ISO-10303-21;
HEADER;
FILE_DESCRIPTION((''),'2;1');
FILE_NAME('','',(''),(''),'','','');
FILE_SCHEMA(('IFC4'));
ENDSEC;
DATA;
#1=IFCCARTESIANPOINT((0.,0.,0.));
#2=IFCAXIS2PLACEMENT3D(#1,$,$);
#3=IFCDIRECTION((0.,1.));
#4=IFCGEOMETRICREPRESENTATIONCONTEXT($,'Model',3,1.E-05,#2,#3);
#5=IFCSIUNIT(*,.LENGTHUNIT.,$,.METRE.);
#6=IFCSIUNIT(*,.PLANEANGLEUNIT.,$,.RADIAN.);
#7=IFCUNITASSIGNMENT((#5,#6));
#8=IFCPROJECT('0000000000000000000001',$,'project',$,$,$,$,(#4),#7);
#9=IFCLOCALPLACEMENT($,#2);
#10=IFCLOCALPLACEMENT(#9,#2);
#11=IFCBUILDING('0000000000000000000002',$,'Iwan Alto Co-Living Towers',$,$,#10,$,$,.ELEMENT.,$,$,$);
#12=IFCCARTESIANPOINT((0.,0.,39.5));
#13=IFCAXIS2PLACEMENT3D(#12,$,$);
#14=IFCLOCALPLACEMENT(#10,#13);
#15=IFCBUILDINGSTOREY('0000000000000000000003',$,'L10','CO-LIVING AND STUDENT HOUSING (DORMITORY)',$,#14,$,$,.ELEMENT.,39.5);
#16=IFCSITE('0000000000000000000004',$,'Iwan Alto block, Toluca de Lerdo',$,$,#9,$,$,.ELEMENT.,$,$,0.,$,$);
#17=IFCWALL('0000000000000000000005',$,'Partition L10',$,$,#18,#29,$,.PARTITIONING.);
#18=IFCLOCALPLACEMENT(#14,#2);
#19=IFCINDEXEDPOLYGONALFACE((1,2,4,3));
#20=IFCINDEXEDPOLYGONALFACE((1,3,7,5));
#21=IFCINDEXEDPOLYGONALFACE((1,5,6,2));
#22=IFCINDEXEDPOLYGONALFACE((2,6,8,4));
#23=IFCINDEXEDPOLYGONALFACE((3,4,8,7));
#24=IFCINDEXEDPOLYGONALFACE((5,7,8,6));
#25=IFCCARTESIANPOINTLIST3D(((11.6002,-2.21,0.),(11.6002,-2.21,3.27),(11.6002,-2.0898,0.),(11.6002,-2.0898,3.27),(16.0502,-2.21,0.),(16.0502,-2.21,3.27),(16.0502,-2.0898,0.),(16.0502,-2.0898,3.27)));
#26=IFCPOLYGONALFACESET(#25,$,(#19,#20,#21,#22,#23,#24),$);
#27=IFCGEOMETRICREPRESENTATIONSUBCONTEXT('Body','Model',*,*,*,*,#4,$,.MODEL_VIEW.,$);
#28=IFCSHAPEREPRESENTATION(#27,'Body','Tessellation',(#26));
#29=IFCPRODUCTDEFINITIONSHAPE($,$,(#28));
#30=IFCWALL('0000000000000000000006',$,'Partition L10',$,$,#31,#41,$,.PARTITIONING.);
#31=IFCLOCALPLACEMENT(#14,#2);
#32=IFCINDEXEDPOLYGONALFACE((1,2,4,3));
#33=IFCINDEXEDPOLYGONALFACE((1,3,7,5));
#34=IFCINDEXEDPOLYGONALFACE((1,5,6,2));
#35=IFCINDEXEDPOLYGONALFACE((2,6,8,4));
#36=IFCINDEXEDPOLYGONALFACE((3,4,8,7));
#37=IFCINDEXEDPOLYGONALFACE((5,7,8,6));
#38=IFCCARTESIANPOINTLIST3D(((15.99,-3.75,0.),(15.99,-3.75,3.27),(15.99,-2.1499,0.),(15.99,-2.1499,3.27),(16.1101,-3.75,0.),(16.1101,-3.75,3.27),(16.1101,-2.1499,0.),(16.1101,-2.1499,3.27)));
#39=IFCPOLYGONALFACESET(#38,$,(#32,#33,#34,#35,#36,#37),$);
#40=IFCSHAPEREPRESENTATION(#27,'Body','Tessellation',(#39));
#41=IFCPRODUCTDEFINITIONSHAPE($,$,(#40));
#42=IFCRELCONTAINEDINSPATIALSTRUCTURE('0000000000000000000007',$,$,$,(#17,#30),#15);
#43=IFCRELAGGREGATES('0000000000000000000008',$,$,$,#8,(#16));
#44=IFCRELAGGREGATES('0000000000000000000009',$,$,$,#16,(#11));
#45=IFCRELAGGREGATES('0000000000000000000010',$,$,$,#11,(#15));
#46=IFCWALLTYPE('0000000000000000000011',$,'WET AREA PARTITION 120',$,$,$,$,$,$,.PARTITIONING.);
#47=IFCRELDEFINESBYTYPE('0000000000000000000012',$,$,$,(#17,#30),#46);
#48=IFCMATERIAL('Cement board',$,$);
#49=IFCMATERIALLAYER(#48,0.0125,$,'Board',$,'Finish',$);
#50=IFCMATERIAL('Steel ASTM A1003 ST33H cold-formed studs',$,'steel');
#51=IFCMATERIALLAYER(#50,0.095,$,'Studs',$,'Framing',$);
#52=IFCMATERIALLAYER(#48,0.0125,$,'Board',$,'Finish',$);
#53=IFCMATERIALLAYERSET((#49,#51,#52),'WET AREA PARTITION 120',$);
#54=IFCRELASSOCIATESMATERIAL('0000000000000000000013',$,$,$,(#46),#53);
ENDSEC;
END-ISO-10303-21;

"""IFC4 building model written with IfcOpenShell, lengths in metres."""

from ifc_helpers import new_model, si_unit, direction, frame, frame_2d, origin, place, context, subcontext, project, spatial, rectangle, extrude, material, layer, layer_set, type_object, element, save


model = new_model("IFC4")

# Units and contexts
model_context = context("Model", 3, precision=1e-05, world=origin(), true_north=direction((0.0, 1.0)))
body_context = subcontext(model_context, "Body", "Model", "MODEL_VIEW")
ifc_project = project(units=[si_unit("LENGTHUNIT", "METRE"), si_unit("PLANEANGLEUNIT", "RADIAN")], contexts=[model_context])

# Site, building, storey
site_placement = place(None, origin())
site = spatial("IfcSite", under=ifc_project, at=site_placement, Name="Iwan Alto block, Toluca de Lerdo", CompositionType="ELEMENT", RefElevation=0.0)
building_placement = place(site_placement, origin())
building = spatial("IfcBuilding", under=site, at=building_placement, Name="Iwan Alto Co-Living Towers", CompositionType="ELEMENT")
storey_placement = place(building_placement, frame((0.0, 0.0, 39.5)))
storey = spatial("IfcBuildingStorey", under=building, at=storey_placement, Name="L10", Description="CO-LIVING AND STUDENT HOUSING (DORMITORY)", CompositionType="ELEMENT", Elevation=39.5)

# Shared definitions
ifc_material_1 = material(Name="Steel ASTM A1003 ST33H cold-formed studs", Category="steel")

# Shared definitions
ifc_material_2 = material(Name="Cement board")
ifc_layer_1 = layer(ifc_material_2, 0.0125, Name="Board", Category="Finish")
ifc_layer_2 = layer(ifc_material_1, 0.095, Name="Studs", Category="Framing")
ifc_layer_3 = layer(ifc_material_2, 0.0125, Name="Board", Category="Finish")
ifc_layer_set_1 = layer_set([ifc_layer_1, ifc_layer_2, ifc_layer_3], Name="WET AREA PARTITION 120")
wall_type_1 = type_object("IfcWallType", Name="WET AREA PARTITION 120", PredefinedType="PARTITIONING", material=ifc_layer_set_1)

# Walls
wall_1_placement = place(storey_placement, frame((11.6001, -2.1499, 0.0), z_axis=(0.0, 0.0, 1.0), x_axis=(1.0, 0.0, 0.0)))
element("IfcWall", 1, at=wall_1_placement, inside=storey, type_object=wall_type_1, Name="Partition L10", PredefinedType="PARTITIONING", context=body_context, shape_type="SweptSolid", body=[
    extrude(rectangle(XDim=4.45, YDim=0.1201, at=frame_2d((2.2251, 0.0))), origin(), (0.0, 0.0, 1.0), 3.27),
])
wall_2_placement = place(storey_placement, frame((16.05, -3.75, 0.0), z_axis=(0.0, 0.0, 1.0), x_axis=(0.0, 1.0, 0.0)))
element("IfcWall", 2, at=wall_2_placement, inside=storey, type_object=wall_type_1, Name="Partition L10", PredefinedType="PARTITIONING", context=body_context, shape_type="SweptSolid", body=[
    extrude(rectangle(XDim=1.6001, YDim=0.1201, at=frame_2d((0.8, 0.0))), origin(), (0.0, 0.0, 1.0), 3.27),
])

save(model, "model.ifc")
